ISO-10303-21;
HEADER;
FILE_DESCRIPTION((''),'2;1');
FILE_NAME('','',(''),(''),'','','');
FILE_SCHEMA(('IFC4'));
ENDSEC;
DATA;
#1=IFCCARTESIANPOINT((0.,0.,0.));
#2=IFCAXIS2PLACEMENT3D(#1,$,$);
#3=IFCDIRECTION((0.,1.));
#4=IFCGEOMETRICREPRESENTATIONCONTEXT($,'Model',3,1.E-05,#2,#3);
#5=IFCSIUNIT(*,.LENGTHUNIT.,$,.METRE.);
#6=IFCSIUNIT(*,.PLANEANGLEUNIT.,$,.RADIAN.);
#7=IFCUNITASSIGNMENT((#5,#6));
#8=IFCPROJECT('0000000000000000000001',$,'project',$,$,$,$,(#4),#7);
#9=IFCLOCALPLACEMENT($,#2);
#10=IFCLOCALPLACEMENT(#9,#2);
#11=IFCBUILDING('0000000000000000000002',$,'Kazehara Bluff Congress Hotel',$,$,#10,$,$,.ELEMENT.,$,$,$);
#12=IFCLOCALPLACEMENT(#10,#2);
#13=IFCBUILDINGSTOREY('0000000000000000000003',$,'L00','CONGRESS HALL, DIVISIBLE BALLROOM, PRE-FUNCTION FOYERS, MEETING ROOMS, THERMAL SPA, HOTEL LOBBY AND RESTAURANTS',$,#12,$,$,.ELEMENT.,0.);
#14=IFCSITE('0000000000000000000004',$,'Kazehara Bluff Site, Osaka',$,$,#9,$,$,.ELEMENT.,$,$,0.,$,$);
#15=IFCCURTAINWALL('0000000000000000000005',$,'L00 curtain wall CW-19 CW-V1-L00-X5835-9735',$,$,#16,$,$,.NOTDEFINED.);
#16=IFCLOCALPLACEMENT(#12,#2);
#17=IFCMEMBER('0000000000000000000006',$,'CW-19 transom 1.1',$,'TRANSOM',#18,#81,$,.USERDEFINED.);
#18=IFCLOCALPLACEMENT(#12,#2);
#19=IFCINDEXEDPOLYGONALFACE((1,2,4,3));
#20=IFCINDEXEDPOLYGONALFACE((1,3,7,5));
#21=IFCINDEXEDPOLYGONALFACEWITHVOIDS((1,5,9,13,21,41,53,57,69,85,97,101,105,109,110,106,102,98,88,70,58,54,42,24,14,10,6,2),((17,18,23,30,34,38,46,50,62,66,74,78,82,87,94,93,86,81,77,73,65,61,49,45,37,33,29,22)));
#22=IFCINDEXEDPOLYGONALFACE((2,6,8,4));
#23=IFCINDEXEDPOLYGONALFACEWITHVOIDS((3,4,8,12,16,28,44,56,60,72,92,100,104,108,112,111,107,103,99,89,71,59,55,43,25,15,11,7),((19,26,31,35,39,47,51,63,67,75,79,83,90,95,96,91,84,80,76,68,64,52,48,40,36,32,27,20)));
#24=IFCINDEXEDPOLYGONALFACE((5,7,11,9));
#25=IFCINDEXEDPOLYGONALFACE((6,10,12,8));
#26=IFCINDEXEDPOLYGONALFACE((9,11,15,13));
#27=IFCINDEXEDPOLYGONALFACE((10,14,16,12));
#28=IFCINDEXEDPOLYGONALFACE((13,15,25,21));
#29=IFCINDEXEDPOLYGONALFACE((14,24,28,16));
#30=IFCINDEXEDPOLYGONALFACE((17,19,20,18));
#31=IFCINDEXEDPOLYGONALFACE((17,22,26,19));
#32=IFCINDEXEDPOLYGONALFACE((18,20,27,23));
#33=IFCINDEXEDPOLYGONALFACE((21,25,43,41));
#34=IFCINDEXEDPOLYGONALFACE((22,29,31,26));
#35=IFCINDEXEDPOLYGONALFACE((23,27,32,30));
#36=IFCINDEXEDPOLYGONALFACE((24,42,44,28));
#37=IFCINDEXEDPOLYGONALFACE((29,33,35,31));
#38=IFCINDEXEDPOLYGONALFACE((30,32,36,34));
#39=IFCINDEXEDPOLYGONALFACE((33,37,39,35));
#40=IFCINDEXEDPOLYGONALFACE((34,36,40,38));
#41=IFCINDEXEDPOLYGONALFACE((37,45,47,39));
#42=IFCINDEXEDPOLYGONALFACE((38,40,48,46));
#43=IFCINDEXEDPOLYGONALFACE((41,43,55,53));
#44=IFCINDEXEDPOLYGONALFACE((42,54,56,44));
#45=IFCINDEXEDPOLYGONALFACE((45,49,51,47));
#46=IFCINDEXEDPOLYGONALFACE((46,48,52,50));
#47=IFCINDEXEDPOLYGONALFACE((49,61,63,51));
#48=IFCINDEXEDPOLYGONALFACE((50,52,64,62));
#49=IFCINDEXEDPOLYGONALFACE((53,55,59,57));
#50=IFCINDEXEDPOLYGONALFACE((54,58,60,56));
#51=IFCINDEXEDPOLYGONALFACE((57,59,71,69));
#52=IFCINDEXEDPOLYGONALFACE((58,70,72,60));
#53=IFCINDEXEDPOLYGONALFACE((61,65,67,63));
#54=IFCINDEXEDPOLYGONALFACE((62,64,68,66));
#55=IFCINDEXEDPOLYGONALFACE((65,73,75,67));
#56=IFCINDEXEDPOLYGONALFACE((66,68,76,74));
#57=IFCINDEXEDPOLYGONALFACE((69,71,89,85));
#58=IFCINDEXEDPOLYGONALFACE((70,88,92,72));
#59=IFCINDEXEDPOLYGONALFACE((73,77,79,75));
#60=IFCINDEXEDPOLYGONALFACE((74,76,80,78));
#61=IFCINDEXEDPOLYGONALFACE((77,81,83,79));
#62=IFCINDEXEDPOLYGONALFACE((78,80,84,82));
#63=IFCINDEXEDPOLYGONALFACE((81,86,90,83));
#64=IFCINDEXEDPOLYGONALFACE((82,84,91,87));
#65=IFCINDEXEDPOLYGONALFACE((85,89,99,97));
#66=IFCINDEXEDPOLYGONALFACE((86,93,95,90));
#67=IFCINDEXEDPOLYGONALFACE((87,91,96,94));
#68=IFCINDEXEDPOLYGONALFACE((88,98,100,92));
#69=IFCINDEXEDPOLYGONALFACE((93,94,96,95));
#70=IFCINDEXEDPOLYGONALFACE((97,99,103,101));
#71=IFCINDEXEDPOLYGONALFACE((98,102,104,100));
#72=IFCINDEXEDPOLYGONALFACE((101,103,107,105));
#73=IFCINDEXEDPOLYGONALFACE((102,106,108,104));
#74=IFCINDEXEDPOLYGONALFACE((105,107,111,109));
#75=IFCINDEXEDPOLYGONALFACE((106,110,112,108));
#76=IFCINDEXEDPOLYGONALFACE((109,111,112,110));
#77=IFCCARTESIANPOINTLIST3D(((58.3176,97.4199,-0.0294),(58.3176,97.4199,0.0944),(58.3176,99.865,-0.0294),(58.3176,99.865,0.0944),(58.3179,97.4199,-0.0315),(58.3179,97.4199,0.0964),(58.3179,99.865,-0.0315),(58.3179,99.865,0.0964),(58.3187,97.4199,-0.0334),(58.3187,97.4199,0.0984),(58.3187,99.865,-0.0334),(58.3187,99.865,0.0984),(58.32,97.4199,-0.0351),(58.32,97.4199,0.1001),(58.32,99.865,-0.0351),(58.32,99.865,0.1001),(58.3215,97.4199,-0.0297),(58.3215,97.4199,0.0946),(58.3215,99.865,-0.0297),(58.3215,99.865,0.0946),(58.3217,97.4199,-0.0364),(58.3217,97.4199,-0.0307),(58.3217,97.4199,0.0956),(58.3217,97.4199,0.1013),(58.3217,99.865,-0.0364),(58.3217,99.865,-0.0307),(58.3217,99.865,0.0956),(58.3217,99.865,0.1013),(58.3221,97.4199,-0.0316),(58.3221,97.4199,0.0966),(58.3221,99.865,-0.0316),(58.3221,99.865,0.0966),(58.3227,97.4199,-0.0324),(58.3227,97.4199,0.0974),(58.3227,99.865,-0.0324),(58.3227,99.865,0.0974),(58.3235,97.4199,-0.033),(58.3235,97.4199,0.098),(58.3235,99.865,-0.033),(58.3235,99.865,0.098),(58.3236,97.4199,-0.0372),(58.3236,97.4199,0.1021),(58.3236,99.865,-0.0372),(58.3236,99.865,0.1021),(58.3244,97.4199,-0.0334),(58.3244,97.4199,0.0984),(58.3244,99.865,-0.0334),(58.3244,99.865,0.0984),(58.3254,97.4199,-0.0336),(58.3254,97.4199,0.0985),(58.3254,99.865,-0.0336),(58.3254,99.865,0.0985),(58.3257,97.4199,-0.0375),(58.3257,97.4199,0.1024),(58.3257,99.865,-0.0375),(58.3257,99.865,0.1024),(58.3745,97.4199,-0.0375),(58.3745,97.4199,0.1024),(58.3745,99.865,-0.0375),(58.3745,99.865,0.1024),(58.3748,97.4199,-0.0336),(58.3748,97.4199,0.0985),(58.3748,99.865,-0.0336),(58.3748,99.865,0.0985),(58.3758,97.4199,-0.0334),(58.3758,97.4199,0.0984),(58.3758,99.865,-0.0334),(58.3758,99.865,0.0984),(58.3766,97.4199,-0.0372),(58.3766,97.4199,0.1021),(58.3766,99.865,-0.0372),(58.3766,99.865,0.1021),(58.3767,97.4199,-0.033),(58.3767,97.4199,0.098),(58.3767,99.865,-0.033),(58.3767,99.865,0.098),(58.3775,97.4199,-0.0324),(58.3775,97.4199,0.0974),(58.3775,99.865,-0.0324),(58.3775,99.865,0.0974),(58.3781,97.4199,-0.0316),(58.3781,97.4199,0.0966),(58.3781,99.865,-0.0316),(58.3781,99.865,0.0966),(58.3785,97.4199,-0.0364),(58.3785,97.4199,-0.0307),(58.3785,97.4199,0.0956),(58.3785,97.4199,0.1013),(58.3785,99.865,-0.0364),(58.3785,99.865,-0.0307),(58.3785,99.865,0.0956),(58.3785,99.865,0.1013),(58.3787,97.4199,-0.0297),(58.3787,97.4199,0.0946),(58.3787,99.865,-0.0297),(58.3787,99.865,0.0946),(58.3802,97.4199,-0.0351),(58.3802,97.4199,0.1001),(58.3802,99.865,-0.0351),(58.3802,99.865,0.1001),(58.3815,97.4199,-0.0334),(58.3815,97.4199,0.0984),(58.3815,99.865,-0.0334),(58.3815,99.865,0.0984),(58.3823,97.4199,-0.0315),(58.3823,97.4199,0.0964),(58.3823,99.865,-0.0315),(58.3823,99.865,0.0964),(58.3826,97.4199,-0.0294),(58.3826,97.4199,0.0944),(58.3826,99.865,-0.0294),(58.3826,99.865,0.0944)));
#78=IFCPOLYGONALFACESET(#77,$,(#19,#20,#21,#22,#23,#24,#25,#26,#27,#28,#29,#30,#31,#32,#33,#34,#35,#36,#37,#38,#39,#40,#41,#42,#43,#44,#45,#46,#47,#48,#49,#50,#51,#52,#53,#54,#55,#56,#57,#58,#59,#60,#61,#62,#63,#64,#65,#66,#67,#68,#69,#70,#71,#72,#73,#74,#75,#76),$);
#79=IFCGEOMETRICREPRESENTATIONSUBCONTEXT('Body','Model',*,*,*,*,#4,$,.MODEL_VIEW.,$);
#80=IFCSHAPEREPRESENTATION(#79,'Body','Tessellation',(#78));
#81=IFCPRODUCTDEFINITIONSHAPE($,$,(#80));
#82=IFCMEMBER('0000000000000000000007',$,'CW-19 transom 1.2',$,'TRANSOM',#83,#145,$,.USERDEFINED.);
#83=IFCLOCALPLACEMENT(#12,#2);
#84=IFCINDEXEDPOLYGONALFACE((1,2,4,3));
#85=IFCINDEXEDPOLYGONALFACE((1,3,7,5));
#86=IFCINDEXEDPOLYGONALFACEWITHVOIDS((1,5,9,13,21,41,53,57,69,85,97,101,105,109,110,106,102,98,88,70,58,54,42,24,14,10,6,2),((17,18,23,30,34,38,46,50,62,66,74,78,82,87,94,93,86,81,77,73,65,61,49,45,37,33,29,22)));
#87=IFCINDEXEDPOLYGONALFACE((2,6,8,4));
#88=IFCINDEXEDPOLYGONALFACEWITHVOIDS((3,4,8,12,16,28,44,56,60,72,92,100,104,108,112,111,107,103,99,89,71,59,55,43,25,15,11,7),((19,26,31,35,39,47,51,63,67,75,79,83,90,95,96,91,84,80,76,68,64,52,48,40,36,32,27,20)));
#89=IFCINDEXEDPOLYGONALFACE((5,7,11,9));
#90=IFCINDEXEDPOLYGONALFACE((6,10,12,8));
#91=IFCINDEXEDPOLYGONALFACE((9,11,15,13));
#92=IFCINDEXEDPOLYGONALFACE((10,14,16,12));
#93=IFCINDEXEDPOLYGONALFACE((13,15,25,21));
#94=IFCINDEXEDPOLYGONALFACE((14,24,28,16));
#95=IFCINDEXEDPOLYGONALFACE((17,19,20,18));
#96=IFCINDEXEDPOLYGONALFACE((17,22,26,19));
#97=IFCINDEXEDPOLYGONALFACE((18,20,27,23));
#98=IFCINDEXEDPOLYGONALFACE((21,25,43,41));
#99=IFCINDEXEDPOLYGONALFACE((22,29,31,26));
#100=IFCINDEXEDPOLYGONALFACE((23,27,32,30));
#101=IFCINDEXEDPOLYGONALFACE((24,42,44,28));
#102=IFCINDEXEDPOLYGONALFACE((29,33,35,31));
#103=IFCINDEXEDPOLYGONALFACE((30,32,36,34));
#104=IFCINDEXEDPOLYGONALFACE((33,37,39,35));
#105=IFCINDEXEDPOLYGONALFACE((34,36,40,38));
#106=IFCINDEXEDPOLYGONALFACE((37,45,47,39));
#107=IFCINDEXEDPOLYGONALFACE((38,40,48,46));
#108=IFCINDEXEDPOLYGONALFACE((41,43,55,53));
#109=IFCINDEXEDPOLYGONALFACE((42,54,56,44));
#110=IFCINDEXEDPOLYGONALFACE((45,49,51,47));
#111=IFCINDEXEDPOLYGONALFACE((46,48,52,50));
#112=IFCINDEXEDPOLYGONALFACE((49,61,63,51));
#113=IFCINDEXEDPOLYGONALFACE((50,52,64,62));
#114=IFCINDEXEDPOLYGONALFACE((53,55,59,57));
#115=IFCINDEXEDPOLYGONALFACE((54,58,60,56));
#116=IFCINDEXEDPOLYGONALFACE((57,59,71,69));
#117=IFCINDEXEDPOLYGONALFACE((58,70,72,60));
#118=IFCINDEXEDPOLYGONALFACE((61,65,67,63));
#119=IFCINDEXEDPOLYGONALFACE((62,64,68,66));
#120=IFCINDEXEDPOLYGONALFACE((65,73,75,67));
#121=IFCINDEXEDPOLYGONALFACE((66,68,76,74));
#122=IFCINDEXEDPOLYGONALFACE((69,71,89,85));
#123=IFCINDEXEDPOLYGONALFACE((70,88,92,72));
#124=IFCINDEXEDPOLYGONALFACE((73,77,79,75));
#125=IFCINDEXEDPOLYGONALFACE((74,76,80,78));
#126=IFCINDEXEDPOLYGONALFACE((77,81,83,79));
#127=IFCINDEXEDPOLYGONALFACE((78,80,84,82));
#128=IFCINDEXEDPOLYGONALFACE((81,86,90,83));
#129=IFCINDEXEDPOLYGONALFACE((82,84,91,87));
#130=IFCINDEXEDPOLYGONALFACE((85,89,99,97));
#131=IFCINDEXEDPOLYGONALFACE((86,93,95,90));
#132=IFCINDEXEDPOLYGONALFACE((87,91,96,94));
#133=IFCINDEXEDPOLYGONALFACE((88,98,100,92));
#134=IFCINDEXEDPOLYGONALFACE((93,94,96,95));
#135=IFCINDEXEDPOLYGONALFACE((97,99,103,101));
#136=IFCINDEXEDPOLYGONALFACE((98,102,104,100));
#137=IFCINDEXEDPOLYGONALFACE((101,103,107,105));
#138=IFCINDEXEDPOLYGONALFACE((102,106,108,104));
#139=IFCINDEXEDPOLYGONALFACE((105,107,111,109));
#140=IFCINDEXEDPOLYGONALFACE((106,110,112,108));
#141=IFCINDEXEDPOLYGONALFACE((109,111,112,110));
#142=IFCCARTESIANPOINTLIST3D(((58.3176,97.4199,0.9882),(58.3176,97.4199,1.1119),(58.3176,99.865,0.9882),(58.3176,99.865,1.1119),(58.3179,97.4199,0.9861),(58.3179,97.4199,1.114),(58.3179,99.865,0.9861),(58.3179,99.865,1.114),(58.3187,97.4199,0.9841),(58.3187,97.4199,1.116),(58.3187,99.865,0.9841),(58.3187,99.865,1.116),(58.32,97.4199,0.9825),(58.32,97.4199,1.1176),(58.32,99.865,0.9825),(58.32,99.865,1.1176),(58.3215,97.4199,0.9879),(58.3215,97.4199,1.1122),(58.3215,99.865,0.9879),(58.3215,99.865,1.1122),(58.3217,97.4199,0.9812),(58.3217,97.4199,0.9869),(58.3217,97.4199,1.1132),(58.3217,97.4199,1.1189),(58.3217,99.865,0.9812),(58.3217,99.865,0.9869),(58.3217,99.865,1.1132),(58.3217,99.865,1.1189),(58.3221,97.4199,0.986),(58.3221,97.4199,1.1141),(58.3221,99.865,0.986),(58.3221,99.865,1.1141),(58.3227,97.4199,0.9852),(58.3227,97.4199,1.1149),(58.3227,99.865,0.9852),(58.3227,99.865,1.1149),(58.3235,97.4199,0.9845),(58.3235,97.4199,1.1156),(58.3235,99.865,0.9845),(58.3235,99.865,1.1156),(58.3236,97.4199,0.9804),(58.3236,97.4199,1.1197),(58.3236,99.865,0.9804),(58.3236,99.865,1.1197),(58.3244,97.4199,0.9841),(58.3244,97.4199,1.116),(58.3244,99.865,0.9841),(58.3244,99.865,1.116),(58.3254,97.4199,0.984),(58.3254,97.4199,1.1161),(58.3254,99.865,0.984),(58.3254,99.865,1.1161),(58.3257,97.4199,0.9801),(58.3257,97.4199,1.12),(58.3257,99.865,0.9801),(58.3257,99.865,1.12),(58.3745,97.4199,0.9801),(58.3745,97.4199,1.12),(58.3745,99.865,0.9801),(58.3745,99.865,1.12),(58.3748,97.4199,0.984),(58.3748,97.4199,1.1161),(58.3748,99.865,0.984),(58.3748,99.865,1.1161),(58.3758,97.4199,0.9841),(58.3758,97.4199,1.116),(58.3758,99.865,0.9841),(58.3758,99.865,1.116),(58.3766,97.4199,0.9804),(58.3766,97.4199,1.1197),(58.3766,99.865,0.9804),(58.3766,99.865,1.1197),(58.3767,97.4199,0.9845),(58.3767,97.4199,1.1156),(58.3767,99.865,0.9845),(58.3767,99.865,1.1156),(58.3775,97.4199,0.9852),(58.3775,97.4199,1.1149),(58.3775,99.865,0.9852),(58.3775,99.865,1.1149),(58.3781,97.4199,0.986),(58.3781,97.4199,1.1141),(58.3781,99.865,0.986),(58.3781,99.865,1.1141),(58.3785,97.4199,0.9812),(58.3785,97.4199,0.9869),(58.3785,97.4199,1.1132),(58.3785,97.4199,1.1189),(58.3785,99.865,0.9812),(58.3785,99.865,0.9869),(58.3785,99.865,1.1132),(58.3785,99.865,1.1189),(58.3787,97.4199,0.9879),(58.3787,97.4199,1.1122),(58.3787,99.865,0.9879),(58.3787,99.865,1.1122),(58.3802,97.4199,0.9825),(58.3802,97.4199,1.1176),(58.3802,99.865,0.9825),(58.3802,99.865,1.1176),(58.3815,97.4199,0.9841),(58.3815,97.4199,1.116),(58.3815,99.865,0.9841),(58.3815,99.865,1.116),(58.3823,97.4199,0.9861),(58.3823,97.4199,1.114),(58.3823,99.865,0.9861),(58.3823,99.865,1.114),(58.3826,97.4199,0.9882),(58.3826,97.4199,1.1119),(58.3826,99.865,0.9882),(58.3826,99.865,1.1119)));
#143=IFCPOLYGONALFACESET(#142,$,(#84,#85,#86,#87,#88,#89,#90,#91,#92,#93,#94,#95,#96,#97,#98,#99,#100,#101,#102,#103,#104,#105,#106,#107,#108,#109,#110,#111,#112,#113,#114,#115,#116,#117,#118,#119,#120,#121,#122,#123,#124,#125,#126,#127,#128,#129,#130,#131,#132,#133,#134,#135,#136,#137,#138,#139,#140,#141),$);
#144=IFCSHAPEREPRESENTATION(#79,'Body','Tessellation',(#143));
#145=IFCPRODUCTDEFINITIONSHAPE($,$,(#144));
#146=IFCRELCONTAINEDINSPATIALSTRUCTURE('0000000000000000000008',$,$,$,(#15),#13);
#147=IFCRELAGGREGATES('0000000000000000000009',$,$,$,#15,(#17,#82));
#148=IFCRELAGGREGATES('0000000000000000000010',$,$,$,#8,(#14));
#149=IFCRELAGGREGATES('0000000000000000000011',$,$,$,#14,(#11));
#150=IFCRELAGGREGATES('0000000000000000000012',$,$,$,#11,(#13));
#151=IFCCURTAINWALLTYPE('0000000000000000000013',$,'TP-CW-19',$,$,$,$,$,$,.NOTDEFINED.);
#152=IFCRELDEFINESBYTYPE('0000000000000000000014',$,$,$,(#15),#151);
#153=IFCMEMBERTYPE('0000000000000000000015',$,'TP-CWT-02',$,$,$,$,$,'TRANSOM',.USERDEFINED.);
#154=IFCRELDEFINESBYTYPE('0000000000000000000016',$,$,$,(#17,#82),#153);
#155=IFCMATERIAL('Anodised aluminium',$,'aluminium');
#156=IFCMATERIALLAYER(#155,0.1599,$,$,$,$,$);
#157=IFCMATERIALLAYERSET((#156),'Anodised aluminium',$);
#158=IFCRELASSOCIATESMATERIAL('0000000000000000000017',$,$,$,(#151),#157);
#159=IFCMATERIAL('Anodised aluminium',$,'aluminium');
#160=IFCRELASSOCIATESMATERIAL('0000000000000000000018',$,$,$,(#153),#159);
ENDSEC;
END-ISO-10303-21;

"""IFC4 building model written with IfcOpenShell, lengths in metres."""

from ifc_helpers import new_model, si_unit, direction, frame, origin, origin_2d, place, context, subcontext, project, spatial, hollow_rectangle, extrude, material, layer, layer_set, material_profile, profile_set, type_object, element, aggregate, save


model = new_model("IFC4")

# Units and contexts
model_context = context("Model", 3, precision=1e-05, world=origin(), true_north=direction((0.0, 1.0)))
body_context = subcontext(model_context, "Body", "Model", "MODEL_VIEW")
ifc_project = project(units=[si_unit("LENGTHUNIT", "METRE"), si_unit("PLANEANGLEUNIT", "RADIAN")], contexts=[model_context])

# Site, building, storey
site_placement = place(None, origin())
site = spatial("IfcSite", under=ifc_project, at=site_placement, Name="Kazehara Bluff Site, Osaka", CompositionType="ELEMENT", RefElevation=0.0)
building_placement = place(site_placement, origin())
building = spatial("IfcBuilding", under=site, at=building_placement, Name="Kazehara Bluff Congress Hotel", CompositionType="ELEMENT")
storey_placement = place(building_placement, origin())
storey = spatial("IfcBuildingStorey", under=building, at=storey_placement, Name="L00", Description="CONGRESS HALL, DIVISIBLE BALLROOM, PRE-FUNCTION FOYERS, MEETING ROOMS, THERMAL SPA, HOTEL LOBBY AND RESTAURANTS", CompositionType="ELEMENT", Elevation=0.0)

# Curtain wall, members
ifc_material_1 = material(Name="Anodised aluminium", Category="aluminium")
ifc_layer_1 = layer(ifc_material_1, 0.1599)
ifc_layer_set_1 = layer_set([ifc_layer_1], Name="Anodised aluminium")
curtain_wall_type_1 = type_object("IfcCurtainWallType", Name="TP-CW-19", PredefinedType="NOTDEFINED", material=ifc_layer_set_1)
curtain_wall_1_placement = place(storey_placement, origin())
curtain_wall_1 = element("IfcCurtainWall", 1, at=curtain_wall_1_placement, inside=storey, type_object=curtain_wall_type_1, Name="L00 curtain wall CW-19 CW-V1-L00-X5835-9735", PredefinedType="NOTDEFINED")
ifc_material_2 = material(Name="Anodised aluminium", Category="aluminium")
ifc_material_profile_1 = material_profile(ifc_material_2, hollow_rectangle(XDim=0.0649, YDim=0.1399, WallThickness=0.0039, InnerFilletRadius=0.0039, OuterFilletRadius=0.0081, at=origin_2d()))
ifc_profile_set_1 = profile_set([ifc_material_profile_1], Name="Anodised aluminium")
member_type_1 = type_object("IfcMemberType", Name="TP-CWT-02", ElementType="TRANSOM", PredefinedType="USERDEFINED", material=ifc_profile_set_1)
member_1_placement = place(storey_placement, frame((58.3501, 97.4199, 0.0325), z_axis=(0.0, 1.0, 0.0), x_axis=(-1.0, 0.0, 0.0)))
member_1 = element("IfcMember", 2, at=member_1_placement, type_object=member_type_1, Name="CW-19 transom 1.1", ObjectType="TRANSOM", PredefinedType="USERDEFINED", context=body_context, shape_type="SweptSolid", body=[
    extrude(hollow_rectangle(XDim=0.0649, YDim=0.1399, WallThickness=0.0039, InnerFilletRadius=0.0039, OuterFilletRadius=0.0081, at=origin_2d()), origin(), (0.0, 0.0, 1.0), 2.4451),
])
member_2_placement = place(storey_placement, frame((58.3501, 97.4199, 1.05), z_axis=(0.0, 1.0, 0.0), x_axis=(-1.0, 0.0, 0.0)))
member_2 = element("IfcMember", 3, at=member_2_placement, type_object=member_type_1, Name="CW-19 transom 1.2", ObjectType="TRANSOM", PredefinedType="USERDEFINED", context=body_context, shape_type="SweptSolid", body=[
    extrude(hollow_rectangle(XDim=0.0649, YDim=0.1399, WallThickness=0.0039, InnerFilletRadius=0.0039, OuterFilletRadius=0.0081, at=origin_2d()), origin(), (0.0, 0.0, 1.0), 2.4451),
])

aggregate(curtain_wall_1, [member_1, member_2])

save(model, "model.ifc")
